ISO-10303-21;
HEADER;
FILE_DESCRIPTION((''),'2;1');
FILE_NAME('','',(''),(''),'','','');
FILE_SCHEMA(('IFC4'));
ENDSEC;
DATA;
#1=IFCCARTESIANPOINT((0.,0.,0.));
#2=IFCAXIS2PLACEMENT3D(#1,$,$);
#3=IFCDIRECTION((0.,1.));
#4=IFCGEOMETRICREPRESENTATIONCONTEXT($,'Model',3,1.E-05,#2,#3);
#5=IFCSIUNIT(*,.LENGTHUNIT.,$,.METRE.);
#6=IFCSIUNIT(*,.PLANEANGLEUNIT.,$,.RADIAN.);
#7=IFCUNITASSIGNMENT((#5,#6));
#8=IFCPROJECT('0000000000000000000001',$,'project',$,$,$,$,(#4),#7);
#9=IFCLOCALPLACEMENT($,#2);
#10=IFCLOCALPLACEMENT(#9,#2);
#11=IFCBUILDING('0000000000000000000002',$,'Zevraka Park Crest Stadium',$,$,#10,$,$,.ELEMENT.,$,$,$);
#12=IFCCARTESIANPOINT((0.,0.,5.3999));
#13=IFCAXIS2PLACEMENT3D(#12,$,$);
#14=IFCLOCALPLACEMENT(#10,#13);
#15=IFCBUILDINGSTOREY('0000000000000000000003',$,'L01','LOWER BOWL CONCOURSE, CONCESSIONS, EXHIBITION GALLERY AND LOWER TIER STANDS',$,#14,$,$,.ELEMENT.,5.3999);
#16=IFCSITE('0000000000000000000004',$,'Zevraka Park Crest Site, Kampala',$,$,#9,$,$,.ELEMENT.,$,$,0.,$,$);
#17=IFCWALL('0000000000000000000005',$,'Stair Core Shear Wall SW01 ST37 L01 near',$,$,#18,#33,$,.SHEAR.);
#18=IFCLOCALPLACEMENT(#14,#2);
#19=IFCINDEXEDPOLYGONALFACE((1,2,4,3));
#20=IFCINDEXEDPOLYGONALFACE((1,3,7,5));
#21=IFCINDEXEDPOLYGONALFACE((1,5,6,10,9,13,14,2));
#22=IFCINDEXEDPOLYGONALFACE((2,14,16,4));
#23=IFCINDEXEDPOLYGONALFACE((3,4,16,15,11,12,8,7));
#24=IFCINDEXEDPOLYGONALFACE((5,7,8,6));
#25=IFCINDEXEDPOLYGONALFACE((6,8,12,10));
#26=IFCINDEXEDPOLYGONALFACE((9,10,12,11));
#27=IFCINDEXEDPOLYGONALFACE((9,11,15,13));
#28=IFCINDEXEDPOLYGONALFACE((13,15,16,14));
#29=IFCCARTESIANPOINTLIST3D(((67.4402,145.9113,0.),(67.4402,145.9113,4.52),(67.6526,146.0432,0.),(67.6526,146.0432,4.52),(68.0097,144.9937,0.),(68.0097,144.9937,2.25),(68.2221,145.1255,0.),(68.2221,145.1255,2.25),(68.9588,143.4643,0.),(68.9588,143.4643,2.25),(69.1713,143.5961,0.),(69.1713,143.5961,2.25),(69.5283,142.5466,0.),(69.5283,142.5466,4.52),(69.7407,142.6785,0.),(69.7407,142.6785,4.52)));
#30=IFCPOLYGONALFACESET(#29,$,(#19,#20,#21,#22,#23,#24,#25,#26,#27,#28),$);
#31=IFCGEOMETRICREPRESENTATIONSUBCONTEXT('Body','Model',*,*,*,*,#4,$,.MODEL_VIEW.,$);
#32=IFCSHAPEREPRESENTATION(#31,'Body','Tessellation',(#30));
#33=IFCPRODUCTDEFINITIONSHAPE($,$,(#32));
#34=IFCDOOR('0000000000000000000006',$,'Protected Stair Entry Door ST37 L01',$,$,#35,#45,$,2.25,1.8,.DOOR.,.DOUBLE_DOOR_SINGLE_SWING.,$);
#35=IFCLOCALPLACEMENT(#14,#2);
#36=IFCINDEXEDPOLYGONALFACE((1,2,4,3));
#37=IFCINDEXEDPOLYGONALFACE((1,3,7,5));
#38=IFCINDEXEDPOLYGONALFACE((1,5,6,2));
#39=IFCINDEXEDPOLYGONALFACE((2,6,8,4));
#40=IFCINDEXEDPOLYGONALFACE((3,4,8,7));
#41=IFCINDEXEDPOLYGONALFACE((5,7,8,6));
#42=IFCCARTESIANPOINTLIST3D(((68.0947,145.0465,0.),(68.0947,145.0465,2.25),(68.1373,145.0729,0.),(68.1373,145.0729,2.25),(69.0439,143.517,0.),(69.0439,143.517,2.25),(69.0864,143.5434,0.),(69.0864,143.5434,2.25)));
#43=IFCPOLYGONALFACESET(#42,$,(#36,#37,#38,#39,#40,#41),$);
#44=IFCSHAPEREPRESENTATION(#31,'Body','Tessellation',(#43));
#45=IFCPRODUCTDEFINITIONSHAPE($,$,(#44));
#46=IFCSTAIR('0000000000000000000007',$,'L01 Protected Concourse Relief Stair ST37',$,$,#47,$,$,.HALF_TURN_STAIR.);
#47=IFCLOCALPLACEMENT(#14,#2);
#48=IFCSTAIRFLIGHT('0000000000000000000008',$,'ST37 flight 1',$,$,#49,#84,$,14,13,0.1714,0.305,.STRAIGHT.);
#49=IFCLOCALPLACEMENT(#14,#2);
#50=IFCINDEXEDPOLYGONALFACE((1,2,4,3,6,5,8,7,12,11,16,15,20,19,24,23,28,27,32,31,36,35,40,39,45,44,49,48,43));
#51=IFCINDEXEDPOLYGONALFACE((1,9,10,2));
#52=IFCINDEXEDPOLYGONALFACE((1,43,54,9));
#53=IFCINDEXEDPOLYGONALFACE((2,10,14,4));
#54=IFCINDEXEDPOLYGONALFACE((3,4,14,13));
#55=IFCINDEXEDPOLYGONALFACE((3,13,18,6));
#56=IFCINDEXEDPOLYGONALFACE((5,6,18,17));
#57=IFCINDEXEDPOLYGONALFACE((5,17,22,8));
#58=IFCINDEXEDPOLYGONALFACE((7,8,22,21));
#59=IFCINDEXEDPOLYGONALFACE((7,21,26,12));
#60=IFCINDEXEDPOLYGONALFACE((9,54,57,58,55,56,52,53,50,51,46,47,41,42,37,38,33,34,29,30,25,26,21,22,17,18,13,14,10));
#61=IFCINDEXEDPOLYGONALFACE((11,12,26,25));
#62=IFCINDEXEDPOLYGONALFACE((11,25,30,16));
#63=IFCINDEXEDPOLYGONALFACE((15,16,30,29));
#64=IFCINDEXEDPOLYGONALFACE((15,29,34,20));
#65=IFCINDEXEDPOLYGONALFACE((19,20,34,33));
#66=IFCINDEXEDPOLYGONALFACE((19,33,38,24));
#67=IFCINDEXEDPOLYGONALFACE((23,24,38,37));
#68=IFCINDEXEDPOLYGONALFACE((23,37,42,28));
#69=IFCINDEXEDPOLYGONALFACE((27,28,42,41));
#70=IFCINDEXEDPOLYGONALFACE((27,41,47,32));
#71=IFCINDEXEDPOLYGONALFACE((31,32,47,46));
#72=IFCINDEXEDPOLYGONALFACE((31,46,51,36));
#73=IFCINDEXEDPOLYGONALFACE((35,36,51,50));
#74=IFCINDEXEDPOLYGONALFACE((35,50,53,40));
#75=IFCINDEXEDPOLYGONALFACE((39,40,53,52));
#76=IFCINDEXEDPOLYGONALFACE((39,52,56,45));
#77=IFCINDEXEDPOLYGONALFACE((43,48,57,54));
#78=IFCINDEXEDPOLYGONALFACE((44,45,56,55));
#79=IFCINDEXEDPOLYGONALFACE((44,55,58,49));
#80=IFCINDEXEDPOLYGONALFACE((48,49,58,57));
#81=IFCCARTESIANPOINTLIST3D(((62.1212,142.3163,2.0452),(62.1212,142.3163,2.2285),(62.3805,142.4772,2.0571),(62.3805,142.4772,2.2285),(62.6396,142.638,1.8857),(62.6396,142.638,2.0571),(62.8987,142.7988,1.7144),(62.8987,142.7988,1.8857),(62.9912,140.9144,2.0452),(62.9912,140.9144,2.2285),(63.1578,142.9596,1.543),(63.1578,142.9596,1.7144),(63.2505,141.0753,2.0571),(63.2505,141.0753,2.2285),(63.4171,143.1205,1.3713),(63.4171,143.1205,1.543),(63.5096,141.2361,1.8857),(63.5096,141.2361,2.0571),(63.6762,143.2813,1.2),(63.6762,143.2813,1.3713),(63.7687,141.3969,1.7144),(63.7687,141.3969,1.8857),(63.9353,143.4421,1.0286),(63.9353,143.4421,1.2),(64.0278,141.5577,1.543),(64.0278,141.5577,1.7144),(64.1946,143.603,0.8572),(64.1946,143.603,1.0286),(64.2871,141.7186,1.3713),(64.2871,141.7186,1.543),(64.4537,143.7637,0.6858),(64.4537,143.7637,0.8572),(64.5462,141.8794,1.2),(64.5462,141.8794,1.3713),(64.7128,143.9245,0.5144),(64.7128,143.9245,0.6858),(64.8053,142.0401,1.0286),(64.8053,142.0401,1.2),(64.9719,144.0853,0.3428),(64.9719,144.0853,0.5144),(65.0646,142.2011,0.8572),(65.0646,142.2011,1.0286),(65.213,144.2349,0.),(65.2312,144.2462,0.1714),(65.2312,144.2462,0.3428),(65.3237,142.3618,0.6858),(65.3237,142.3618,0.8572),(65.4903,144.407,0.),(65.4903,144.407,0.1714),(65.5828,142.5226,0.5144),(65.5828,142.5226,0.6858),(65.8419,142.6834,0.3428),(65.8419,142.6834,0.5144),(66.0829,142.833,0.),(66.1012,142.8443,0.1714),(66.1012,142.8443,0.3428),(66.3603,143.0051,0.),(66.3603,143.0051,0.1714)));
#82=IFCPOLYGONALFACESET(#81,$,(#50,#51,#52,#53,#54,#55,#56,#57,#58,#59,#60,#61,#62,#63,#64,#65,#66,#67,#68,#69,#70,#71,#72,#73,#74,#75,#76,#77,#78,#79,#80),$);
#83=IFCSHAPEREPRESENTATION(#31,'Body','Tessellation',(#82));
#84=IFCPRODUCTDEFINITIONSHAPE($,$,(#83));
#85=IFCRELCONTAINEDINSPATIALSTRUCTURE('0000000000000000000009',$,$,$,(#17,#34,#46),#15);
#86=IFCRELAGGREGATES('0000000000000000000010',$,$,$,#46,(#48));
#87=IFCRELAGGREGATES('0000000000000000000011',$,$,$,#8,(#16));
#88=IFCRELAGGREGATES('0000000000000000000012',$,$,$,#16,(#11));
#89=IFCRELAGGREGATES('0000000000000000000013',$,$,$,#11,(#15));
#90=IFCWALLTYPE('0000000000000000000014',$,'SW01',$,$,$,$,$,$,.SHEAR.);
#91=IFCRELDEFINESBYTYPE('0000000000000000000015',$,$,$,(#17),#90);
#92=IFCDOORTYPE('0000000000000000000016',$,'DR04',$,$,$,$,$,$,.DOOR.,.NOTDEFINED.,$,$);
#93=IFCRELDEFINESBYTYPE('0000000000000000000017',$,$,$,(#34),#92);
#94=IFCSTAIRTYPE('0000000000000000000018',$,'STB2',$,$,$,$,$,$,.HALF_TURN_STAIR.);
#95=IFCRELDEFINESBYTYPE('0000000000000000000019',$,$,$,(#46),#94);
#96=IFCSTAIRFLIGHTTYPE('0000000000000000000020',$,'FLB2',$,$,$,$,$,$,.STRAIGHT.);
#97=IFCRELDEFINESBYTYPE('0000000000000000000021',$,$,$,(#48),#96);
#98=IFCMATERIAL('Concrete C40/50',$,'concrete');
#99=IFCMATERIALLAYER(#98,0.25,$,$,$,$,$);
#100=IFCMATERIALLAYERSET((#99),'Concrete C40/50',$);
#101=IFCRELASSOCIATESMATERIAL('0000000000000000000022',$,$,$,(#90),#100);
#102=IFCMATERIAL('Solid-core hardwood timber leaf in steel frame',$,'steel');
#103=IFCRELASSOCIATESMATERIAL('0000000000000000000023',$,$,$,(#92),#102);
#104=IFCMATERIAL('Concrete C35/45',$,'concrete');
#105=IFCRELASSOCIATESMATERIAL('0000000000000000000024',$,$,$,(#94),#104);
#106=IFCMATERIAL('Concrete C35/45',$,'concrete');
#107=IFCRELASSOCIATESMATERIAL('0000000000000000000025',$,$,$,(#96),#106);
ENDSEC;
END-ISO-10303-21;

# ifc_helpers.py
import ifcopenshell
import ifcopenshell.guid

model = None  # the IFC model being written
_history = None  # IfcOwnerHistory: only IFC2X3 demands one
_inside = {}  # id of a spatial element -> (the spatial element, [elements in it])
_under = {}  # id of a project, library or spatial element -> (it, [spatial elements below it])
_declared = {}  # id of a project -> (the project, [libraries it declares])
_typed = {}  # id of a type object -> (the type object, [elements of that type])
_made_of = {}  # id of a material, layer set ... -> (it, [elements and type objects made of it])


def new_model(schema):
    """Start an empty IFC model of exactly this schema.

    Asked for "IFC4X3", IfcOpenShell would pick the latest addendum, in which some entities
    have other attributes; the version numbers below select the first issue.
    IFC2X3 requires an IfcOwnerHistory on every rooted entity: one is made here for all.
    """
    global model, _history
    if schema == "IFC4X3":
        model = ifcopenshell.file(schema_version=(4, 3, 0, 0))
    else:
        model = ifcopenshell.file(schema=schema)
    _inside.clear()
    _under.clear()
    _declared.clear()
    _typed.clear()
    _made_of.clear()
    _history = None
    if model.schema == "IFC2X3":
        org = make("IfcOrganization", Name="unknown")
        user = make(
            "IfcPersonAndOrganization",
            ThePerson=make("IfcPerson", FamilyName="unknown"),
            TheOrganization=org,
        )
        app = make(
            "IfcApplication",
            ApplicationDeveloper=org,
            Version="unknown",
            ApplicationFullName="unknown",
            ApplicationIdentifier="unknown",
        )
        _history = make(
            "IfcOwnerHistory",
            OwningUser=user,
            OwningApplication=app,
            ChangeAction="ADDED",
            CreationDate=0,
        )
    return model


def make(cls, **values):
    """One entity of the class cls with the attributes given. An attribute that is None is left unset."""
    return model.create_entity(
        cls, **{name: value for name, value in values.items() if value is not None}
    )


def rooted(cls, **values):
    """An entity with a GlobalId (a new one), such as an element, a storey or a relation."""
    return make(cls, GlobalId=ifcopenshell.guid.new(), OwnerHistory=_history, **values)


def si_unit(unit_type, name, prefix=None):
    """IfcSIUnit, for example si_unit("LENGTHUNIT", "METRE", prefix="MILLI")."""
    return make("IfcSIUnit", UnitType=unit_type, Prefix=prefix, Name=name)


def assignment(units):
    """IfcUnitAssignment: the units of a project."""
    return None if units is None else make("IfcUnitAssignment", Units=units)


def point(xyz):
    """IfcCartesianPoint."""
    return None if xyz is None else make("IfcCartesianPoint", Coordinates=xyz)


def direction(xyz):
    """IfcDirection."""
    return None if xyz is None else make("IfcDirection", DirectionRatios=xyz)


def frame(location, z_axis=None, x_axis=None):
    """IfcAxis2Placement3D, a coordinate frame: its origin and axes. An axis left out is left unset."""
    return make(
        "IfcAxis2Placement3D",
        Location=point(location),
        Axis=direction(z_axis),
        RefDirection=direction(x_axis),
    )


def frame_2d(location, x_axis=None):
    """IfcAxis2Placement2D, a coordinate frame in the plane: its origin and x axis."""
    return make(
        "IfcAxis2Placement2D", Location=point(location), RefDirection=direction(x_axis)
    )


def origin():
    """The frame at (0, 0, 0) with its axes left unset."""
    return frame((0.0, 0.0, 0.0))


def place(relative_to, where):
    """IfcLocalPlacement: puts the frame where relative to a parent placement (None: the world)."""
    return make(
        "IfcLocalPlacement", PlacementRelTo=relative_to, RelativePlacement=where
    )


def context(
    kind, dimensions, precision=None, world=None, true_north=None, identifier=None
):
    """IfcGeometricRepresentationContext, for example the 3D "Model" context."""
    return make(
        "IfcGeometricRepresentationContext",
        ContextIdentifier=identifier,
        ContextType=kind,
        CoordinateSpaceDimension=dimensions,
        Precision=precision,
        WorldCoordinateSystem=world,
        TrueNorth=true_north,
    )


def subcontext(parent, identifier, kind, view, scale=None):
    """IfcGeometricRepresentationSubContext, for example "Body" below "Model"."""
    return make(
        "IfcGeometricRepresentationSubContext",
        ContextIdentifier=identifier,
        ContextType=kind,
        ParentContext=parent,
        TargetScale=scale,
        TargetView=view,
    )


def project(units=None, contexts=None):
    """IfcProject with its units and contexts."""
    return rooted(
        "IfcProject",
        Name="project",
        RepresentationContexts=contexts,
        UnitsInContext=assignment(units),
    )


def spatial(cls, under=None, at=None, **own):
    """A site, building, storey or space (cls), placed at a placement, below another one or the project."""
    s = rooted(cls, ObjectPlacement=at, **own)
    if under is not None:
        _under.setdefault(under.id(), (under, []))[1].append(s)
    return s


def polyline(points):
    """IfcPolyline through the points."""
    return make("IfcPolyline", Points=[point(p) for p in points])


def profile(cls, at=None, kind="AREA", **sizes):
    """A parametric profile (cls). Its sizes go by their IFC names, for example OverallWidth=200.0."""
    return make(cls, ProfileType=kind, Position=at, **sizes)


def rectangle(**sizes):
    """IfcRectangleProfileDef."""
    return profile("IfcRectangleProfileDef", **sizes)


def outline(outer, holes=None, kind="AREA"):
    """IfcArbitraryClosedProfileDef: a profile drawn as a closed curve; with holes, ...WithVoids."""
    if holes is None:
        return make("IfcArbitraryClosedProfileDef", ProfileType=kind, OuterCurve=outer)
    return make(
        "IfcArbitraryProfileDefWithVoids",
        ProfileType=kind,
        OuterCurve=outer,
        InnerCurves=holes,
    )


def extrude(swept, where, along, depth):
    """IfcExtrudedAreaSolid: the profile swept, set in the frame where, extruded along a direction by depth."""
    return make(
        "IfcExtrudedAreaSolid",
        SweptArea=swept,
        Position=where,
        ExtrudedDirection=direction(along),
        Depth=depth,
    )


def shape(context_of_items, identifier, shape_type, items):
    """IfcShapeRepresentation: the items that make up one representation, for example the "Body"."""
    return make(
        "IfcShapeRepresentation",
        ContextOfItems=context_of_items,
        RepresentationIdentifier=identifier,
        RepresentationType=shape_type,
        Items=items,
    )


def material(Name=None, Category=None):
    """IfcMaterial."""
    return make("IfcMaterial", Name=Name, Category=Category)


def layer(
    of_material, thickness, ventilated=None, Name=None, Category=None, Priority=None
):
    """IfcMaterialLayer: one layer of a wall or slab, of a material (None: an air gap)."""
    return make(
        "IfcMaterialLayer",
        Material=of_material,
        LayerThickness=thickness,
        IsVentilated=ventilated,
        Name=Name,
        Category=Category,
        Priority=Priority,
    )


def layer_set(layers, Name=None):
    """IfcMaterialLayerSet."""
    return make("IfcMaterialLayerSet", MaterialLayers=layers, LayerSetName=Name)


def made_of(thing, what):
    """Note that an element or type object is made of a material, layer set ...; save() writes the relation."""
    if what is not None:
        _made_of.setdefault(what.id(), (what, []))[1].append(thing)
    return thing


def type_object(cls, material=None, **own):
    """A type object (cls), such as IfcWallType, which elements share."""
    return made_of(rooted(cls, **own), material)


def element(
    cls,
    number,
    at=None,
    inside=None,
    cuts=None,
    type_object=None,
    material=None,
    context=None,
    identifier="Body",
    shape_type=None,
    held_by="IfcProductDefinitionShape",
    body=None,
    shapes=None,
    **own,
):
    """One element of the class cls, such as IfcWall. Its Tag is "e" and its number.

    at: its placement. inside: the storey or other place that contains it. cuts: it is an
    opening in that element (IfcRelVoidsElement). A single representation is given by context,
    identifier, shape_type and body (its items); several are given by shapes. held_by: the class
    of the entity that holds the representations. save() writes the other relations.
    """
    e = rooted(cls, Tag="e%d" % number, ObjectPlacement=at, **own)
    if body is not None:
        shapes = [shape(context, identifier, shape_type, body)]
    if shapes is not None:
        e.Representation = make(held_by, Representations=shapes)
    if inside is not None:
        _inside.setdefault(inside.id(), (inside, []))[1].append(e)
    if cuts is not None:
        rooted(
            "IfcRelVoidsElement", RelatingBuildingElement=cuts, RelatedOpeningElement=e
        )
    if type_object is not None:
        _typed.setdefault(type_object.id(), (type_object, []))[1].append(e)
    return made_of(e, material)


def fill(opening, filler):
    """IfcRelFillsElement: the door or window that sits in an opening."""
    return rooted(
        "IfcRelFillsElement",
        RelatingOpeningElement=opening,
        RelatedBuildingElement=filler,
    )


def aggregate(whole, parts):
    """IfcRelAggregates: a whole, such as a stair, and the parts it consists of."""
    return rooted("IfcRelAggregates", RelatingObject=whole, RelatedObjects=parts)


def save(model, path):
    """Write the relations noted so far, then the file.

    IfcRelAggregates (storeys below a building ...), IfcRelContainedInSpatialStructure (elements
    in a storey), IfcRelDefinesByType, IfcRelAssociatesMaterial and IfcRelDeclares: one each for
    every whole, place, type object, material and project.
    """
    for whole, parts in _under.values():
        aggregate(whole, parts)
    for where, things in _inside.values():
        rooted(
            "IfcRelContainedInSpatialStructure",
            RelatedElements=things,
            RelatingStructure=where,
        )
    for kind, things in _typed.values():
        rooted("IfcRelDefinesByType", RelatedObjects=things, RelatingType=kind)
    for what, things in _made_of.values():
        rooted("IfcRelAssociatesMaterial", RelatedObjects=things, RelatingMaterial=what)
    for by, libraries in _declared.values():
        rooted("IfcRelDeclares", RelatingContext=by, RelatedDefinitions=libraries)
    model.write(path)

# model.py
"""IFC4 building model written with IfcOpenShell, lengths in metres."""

from ifc_helpers import new_model, si_unit, direction, frame, frame_2d, origin, place, context, subcontext, project, spatial, polyline, rectangle, outline, extrude, material, layer, layer_set, type_object, element, fill, aggregate, save


model = new_model("IFC4")

# Units and contexts
model_context = context("Model", 3, precision=1e-05, world=origin(), true_north=direction((0.0, 1.0)))
body_context = subcontext(model_context, "Body", "Model", "MODEL_VIEW")
ifc_project = project(units=[si_unit("LENGTHUNIT", "METRE"), si_unit("PLANEANGLEUNIT", "RADIAN")], contexts=[model_context])

# Site, building, storey
site_placement = place(None, origin())
site = spatial("IfcSite", under=ifc_project, at=site_placement, Name="Zevraka Park Crest Site, Kampala", CompositionType="ELEMENT", RefElevation=0.0)
building_placement = place(site_placement, origin())
building = spatial("IfcBuilding", under=site, at=building_placement, Name="Zevraka Park Crest Stadium", CompositionType="ELEMENT")
storey_placement = place(building_placement, frame((0.0, 0.0, 5.3999)))
storey = spatial("IfcBuildingStorey", under=building, at=storey_placement, Name="L01", Description="LOWER BOWL CONCOURSE, CONCESSIONS, EXHIBITION GALLERY AND LOWER TIER STANDS", CompositionType="ELEMENT", Elevation=5.3999)

# Wall, opening, door
ifc_material_1 = material(Name="Concrete C40/50", Category="concrete")
ifc_layer_1 = layer(ifc_material_1, 0.25)
ifc_layer_set_1 = layer_set([ifc_layer_1], Name="Concrete C40/50")
wall_type = type_object("IfcWallType", Name="SW01", PredefinedType="SHEAR", material=ifc_layer_set_1)
wall_placement = place(storey_placement, frame((69.6345, 142.6125, 0.0), z_axis=(0.0, 0.0, 1.0), x_axis=(-0.527303, 0.849677, 0.0)))
wall = element("IfcWall", 1, at=wall_placement, inside=storey, type_object=wall_type, Name="Stair Core Shear Wall SW01 ST37 L01 near", PredefinedType="SHEAR", context=body_context, shape_type="SweptSolid", body=[
    extrude(rectangle(XDim=3.96, YDim=0.25, at=frame_2d((1.98, 0.0))), origin(), (0.0, 0.0, 1.0), 4.52),
])
opening_placement = place(wall_placement, frame((1.0801, 0.0, 0.0)))
opening = element("IfcOpeningElement", 2, at=opening_placement, cuts=wall, PredefinedType="OPENING", context=body_context, shape_type="SweptSolid", body=[
    extrude(rectangle(XDim=1.8, YDim=2.25, at=frame_2d((0.8999, 1.125))), frame((0.0, 0.135, 0.0), z_axis=(0.0, -1.0, 0.0), x_axis=(1.0, 0.0, 0.0)), (0.0, 0.0, 1.0), 0.27),
])
ifc_material_2 = material(Name="Solid-core hardwood timber leaf in steel frame", Category="steel")
door_type = type_object("IfcDoorType", Name="DR04", OperationType="NOTDEFINED", PredefinedType="DOOR", material=ifc_material_2)
door_placement = place(opening_placement, origin())
door = element("IfcDoor", 3, at=door_placement, inside=storey, type_object=door_type, Name="Protected Stair Entry Door ST37 L01", OperationType="DOUBLE_DOOR_SINGLE_SWING", OverallHeight=2.25, OverallWidth=1.8, PredefinedType="DOOR", context=body_context, shape_type="SweptSolid", body=[
    extrude(rectangle(XDim=1.8, YDim=2.25, at=frame_2d((0.8999, 1.125))), frame((0.0, 0.0249, 0.0), z_axis=(0.0, -1.0, 0.0), x_axis=(1.0, 0.0, 0.0)), (0.0, 0.0, 1.0), 0.05),
])
fill(opening, door)

# Stair, stair flight
ifc_material_3 = material(Name="Concrete C35/45", Category="concrete")
stair_type = type_object("IfcStairType", Name="STB2", PredefinedType="HALF_TURN_STAIR", material=ifc_material_3)
stair_placement = place(storey_placement, origin())
stair = element("IfcStair", 4, at=stair_placement, inside=storey, type_object=stair_type, Name="L01 Protected Concourse Relief Stair ST37", PredefinedType="HALF_TURN_STAIR")
ifc_material_4 = material(Name="Concrete C35/45", Category="concrete")
stair_flight_type = type_object("IfcStairFlightType", Name="FLB2", PredefinedType="STRAIGHT", material=ifc_material_4)
stair_flight_placement = place(storey_placement, frame((65.9253, 143.7061, 0.0), z_axis=(0.0, 0.0, 1.0), x_axis=(-0.849693, -0.527278, 0.0)))
stair_flight = element("IfcStairFlight", 5, at=stair_flight_placement, type_object=stair_flight_type, Name="ST37 flight 1", NumberOfRisers=14, NumberOfTreads=13, PredefinedType="STRAIGHT", RiserHeight=0.1714, TreadLength=0.305, context=body_context, shape_type="SweptSolid", body=[
    extrude(outline(polyline([(0.0, 0.0), (0.0, 0.1714), (0.3049, 0.1714), (0.3049, 0.3428), (0.6101, 0.3428), (0.6101, 0.5144), (0.915, 0.5144), (0.915, 0.6858), (1.22, 0.6858), (1.22, 0.8572), (1.5249, 0.8572), (1.5249, 1.0286), (1.8301, 1.0286), (1.8301, 1.2), (2.135, 1.2), (2.135, 1.3713), (2.4399, 1.3713), (2.4399, 1.543), (2.7451, 1.543), (2.7451, 1.7144), (3.05, 1.7144), (3.05, 1.8857), (3.355, 1.8857), (3.355, 2.0571), (3.6599, 2.0571), (3.6599, 2.2285), (3.9651, 2.2285), (3.9651, 2.3999), (3.9651, 2.0452), (0.3264, 0.0), (0.0, 0.0)])), frame((0.0, 0.825, 0.0), z_axis=(0.0, -1.0, 0.0), x_axis=(1.0, 0.0, 0.0)), (0.0, 0.0, 1.0), 1.6499),
])
aggregate(stair, [stair_flight])

save(model, "model.ifc")
